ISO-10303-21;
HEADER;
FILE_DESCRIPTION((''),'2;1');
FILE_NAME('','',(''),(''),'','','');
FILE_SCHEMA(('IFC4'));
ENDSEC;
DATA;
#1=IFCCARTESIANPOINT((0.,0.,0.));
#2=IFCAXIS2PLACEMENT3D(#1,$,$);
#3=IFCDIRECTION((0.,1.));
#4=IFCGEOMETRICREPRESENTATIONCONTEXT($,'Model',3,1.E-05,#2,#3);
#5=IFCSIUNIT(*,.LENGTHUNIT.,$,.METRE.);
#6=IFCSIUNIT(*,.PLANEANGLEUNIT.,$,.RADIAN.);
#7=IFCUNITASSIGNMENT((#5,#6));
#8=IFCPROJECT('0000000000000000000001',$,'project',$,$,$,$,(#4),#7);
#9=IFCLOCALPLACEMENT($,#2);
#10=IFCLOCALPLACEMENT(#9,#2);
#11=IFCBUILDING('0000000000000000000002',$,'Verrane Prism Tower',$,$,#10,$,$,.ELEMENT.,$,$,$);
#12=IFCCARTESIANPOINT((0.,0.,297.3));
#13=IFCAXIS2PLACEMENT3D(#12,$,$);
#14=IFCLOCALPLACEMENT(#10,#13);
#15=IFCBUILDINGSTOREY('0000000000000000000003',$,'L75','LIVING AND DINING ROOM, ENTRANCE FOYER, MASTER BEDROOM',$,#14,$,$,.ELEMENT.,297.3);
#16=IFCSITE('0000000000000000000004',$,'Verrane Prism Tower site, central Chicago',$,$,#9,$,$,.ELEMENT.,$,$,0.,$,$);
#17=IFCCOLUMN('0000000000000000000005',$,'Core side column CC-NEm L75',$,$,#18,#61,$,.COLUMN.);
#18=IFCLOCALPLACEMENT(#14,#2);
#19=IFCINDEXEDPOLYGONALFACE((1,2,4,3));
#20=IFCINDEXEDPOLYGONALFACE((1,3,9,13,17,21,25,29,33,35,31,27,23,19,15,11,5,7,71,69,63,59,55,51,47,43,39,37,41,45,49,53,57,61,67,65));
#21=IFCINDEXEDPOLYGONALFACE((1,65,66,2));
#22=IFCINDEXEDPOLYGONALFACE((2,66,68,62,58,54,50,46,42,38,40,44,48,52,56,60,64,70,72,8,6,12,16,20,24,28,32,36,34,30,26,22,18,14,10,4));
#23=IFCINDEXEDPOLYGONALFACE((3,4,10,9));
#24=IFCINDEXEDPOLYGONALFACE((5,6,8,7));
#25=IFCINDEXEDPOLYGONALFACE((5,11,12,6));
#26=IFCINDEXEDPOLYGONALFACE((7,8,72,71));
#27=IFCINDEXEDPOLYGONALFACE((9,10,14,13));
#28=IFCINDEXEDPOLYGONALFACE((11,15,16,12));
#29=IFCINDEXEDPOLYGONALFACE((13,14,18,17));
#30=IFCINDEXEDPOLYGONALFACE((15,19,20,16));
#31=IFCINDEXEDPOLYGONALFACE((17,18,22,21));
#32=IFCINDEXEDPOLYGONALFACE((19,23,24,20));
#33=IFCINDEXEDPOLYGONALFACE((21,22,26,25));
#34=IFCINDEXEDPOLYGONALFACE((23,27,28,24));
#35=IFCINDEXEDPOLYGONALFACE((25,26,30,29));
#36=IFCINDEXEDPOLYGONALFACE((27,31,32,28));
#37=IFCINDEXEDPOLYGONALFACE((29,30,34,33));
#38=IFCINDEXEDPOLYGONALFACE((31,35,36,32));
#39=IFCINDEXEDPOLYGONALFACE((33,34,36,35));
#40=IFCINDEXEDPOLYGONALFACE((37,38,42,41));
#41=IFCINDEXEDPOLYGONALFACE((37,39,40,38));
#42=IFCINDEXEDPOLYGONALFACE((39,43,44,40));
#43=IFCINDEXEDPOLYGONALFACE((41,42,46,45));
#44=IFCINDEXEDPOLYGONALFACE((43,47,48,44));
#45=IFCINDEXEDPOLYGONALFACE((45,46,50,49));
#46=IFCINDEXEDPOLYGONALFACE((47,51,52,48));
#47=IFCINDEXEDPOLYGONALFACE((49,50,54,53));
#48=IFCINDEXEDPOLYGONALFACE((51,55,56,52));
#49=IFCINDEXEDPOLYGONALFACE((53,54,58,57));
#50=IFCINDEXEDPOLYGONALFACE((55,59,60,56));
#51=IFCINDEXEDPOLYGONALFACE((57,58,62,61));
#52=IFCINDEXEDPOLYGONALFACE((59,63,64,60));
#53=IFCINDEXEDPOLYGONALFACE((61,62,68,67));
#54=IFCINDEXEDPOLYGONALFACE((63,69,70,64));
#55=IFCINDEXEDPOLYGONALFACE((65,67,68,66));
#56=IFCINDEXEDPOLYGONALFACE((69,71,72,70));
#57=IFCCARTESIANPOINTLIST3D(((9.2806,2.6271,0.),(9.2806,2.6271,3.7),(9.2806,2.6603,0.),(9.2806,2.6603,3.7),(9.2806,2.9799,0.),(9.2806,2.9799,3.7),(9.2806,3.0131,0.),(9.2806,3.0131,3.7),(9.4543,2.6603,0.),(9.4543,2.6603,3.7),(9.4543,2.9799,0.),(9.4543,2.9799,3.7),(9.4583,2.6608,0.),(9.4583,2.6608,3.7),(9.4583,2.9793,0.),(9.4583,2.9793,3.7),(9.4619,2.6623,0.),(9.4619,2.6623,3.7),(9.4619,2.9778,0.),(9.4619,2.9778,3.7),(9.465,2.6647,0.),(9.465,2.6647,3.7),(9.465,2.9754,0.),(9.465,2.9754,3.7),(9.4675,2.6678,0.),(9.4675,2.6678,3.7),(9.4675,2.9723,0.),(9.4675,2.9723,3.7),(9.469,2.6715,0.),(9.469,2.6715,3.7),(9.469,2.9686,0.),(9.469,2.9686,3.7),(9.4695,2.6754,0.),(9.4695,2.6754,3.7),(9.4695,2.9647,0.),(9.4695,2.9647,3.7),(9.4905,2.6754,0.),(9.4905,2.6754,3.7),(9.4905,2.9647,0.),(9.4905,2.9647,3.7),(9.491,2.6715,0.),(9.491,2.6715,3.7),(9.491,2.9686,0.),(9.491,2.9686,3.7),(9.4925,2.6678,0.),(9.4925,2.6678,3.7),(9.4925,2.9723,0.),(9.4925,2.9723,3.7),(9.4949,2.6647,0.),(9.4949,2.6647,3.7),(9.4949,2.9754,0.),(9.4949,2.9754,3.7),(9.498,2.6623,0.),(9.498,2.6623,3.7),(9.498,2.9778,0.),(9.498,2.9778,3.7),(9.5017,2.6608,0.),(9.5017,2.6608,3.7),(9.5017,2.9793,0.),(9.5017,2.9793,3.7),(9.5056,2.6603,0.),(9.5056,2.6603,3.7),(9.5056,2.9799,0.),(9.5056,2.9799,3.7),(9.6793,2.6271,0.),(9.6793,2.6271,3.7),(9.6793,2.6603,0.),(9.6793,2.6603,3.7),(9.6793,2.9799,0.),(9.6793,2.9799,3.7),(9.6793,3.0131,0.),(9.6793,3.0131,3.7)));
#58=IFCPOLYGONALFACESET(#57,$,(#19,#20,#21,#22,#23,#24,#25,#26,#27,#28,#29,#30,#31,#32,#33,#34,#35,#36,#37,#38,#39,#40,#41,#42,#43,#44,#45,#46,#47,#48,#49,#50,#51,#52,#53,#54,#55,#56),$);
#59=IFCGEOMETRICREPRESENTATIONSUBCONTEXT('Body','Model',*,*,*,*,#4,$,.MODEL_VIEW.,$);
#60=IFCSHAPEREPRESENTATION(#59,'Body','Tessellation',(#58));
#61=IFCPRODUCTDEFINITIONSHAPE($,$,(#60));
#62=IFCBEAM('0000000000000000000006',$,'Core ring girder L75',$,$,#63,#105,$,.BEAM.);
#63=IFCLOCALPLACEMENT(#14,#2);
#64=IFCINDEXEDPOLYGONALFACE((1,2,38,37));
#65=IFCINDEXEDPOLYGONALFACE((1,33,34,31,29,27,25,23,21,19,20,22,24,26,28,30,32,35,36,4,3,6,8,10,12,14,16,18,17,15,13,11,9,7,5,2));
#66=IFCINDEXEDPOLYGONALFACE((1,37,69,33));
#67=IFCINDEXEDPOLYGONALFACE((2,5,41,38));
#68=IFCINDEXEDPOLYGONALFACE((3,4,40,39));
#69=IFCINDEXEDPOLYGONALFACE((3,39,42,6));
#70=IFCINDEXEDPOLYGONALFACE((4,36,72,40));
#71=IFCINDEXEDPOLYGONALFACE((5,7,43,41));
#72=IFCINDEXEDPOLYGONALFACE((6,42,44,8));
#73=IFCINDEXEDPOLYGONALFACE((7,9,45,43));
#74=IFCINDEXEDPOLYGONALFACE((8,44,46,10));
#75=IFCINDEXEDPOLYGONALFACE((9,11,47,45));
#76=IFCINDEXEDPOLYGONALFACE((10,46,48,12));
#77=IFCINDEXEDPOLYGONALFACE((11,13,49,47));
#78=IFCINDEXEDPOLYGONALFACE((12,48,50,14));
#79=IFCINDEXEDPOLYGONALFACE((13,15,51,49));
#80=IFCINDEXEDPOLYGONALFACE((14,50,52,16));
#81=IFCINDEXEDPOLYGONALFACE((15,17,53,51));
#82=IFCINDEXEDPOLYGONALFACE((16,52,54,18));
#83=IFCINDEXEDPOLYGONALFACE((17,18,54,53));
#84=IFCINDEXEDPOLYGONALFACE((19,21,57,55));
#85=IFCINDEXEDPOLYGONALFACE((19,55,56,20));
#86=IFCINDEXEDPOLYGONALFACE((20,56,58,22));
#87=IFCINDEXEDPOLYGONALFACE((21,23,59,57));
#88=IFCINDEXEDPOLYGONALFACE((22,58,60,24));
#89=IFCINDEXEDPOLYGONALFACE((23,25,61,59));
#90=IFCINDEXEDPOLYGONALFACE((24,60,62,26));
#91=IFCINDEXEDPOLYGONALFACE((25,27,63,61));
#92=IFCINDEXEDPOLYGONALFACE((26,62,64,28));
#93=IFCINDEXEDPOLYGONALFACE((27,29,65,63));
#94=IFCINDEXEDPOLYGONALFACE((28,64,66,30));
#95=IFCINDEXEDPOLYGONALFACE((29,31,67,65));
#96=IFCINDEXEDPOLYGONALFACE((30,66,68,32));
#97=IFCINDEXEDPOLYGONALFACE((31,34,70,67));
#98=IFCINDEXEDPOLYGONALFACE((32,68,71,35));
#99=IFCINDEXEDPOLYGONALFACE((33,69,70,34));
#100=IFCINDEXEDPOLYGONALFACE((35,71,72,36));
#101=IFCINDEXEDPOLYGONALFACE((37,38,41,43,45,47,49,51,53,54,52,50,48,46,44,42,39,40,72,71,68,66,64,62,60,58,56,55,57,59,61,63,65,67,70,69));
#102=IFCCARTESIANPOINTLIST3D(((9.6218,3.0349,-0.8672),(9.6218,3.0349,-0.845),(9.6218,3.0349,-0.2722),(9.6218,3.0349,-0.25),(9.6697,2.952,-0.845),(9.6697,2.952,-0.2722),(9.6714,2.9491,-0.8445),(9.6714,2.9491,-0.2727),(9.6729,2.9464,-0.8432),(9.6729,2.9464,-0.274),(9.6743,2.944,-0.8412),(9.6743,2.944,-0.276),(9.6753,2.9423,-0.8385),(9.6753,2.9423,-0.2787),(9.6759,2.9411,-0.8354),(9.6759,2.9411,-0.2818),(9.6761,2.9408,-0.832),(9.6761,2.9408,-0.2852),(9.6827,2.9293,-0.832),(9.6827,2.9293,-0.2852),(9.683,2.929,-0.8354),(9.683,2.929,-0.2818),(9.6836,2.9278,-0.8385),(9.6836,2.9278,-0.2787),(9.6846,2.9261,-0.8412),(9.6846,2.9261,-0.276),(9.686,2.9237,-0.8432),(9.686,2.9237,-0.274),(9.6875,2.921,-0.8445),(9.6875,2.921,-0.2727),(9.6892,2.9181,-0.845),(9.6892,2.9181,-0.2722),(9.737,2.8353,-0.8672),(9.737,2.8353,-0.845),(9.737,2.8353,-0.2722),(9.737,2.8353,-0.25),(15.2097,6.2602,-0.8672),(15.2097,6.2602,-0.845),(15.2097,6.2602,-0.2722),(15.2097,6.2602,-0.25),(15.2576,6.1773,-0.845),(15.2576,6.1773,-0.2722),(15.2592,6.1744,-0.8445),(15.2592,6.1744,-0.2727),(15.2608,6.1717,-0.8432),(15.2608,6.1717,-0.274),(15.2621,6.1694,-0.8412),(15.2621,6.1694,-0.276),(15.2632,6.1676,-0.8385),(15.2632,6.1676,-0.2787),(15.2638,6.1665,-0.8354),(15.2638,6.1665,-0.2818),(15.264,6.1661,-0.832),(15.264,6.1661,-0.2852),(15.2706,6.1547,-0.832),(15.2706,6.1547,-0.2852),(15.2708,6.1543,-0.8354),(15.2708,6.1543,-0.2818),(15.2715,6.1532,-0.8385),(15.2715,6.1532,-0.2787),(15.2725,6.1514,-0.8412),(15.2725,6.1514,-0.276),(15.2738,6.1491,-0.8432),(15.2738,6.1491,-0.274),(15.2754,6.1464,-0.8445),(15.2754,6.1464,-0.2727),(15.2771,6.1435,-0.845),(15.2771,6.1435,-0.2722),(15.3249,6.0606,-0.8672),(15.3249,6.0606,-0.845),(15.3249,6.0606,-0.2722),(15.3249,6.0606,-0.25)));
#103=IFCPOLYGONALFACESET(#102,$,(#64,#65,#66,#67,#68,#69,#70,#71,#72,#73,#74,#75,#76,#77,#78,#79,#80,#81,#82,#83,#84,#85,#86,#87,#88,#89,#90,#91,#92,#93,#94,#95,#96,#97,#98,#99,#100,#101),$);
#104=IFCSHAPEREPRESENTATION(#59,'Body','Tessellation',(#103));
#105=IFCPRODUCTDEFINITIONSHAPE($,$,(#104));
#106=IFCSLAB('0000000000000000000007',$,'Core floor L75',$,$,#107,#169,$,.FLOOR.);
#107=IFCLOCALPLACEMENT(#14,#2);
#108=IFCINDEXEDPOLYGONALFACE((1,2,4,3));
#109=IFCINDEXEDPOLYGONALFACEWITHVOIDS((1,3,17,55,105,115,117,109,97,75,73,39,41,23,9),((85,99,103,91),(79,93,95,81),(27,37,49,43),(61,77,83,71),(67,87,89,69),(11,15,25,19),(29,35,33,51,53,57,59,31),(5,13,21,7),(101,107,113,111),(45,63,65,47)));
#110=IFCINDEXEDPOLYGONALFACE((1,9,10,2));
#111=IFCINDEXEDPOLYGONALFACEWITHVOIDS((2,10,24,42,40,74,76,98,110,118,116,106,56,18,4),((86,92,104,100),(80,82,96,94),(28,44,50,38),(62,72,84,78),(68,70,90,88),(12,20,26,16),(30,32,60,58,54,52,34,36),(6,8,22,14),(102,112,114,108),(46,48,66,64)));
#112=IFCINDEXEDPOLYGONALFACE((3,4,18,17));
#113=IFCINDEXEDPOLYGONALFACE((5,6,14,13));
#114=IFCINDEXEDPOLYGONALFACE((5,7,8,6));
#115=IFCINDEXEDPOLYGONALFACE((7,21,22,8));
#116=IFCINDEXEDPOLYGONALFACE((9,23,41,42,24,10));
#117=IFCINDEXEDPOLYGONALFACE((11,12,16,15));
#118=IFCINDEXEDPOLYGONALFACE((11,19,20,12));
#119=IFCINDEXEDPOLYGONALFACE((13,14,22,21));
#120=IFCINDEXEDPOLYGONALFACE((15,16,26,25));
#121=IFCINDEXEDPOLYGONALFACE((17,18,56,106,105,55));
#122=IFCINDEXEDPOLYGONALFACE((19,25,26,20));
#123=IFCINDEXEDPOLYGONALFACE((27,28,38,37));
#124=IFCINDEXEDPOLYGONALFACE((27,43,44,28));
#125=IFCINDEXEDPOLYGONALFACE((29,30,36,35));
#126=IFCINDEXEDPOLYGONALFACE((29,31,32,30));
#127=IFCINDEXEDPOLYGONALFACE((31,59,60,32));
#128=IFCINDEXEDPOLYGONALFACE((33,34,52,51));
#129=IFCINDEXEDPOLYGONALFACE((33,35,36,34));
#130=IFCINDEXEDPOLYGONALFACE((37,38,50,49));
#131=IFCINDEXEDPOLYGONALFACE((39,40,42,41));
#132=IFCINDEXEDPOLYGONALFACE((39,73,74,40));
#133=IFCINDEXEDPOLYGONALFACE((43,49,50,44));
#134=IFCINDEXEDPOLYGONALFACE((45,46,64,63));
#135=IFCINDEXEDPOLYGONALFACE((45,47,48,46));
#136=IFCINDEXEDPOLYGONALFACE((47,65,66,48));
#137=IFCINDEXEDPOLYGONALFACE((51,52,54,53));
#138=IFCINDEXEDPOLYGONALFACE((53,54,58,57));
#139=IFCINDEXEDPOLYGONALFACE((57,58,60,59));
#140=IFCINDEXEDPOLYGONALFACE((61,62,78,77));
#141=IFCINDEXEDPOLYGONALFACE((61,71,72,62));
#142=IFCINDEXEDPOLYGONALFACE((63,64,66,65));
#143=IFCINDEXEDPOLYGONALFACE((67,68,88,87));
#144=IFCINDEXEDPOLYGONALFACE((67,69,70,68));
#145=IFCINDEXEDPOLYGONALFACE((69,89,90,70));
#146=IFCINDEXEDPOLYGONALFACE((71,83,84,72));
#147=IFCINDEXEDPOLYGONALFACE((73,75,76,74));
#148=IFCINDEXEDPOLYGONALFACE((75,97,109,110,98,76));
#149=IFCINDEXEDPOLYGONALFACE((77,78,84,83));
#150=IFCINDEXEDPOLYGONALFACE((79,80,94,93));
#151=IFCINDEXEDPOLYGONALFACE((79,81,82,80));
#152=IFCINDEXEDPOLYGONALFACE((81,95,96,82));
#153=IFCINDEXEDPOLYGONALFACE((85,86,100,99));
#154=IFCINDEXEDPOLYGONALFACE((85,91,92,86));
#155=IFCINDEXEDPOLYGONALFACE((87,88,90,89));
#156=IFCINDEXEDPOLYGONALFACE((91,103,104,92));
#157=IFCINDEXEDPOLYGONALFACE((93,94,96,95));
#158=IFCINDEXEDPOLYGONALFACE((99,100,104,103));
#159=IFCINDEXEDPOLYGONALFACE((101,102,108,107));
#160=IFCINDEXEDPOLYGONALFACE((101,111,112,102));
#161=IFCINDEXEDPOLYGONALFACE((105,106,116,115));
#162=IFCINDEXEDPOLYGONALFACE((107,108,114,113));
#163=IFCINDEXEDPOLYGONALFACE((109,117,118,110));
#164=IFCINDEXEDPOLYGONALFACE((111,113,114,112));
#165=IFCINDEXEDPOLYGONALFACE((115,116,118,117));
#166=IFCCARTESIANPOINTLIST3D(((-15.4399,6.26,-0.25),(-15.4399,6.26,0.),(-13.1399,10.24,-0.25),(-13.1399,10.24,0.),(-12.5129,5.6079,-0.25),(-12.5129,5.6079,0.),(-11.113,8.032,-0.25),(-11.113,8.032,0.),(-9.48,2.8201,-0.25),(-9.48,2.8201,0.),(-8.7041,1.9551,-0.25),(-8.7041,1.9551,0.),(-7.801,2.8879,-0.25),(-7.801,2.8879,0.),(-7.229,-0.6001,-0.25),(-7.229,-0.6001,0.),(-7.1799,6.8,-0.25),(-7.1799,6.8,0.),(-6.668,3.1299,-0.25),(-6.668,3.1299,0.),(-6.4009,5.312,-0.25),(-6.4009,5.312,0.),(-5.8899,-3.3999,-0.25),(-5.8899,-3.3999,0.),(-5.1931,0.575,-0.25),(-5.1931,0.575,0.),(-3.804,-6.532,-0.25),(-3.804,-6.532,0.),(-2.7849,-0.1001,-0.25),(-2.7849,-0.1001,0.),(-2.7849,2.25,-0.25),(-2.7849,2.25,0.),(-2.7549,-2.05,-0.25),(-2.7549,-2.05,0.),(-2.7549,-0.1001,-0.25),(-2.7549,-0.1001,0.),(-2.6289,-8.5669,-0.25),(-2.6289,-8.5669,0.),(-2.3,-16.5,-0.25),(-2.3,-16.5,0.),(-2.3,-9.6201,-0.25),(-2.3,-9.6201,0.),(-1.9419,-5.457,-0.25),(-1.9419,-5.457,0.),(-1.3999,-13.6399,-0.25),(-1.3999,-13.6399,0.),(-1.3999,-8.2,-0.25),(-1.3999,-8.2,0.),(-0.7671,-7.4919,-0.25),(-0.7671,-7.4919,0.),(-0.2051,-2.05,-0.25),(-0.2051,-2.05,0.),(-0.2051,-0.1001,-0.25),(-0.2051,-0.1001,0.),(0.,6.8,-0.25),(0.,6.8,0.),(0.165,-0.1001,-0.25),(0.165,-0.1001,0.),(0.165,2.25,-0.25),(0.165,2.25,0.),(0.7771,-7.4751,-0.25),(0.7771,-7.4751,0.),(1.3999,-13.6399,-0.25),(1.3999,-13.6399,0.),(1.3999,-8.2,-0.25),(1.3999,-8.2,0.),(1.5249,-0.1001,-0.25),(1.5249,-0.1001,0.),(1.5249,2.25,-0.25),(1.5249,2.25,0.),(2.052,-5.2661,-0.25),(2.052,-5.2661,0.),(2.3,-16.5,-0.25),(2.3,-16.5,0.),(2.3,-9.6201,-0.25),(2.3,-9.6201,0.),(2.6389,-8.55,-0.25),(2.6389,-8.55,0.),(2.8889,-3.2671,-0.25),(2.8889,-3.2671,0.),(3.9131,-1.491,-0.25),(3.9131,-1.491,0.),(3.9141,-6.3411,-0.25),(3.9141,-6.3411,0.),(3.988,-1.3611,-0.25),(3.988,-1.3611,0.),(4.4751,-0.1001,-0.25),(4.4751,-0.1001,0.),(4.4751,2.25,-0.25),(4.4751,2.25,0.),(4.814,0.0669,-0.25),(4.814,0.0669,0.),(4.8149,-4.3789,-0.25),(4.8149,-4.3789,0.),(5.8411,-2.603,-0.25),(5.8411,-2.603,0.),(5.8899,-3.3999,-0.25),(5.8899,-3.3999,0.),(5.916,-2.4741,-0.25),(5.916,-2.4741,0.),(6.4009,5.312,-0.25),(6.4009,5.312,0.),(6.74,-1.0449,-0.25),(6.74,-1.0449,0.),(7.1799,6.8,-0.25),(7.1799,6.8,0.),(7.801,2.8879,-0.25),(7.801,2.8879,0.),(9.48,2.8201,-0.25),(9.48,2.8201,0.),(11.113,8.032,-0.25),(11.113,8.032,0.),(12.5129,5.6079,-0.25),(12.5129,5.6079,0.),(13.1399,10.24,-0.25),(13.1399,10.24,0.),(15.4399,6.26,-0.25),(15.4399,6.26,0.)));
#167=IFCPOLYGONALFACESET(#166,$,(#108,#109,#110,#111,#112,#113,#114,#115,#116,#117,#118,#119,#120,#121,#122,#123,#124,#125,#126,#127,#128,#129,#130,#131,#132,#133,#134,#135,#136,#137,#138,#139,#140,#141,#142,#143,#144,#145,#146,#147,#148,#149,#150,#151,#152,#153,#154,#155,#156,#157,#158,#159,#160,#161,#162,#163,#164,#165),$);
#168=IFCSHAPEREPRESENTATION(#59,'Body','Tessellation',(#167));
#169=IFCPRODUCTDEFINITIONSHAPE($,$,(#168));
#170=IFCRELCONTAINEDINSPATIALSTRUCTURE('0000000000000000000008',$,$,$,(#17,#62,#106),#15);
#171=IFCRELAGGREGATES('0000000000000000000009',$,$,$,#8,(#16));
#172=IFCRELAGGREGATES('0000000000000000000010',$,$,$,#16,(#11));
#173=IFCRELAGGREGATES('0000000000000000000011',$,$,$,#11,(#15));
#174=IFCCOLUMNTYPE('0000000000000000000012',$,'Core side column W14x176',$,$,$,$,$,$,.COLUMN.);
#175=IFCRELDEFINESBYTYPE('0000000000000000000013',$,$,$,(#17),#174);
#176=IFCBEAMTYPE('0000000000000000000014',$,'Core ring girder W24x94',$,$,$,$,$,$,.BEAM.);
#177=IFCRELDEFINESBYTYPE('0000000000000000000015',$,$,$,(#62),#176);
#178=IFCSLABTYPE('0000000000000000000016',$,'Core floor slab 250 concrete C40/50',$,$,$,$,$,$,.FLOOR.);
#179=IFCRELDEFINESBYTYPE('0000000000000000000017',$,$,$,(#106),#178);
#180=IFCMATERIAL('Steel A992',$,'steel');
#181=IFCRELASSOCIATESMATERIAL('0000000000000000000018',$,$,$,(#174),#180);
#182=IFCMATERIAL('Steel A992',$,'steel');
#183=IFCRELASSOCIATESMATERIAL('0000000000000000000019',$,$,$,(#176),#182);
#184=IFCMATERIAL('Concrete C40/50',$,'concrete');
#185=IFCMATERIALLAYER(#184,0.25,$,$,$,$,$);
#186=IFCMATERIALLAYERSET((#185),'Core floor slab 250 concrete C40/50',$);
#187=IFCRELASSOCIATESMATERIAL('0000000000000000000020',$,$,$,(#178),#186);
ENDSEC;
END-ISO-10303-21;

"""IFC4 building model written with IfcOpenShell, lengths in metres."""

from ifc_helpers import new_model, si_unit, direction, frame, origin, origin_2d, place, context, subcontext, project, spatial, polyline, i_section, outline, extrude, material, layer, layer_set, material_profile, profile_set, type_object, element, save


model = new_model("IFC4")

# Units and contexts
model_context = context("Model", 3, precision=1e-05, world=origin(), true_north=direction((0.0, 1.0)))
body_context = subcontext(model_context, "Body", "Model", "MODEL_VIEW")
ifc_project = project(units=[si_unit("LENGTHUNIT", "METRE"), si_unit("PLANEANGLEUNIT", "RADIAN")], contexts=[model_context])

# Site, building, storey
site_placement = place(None, origin())
site = spatial("IfcSite", under=ifc_project, at=site_placement, Name="Verrane Prism Tower site, central Chicago", CompositionType="ELEMENT", RefElevation=0.0)
building_placement = place(site_placement, origin())
building = spatial("IfcBuilding", under=site, at=building_placement, Name="Verrane Prism Tower", CompositionType="ELEMENT")
storey_placement = place(building_placement, frame((0.0, 0.0, 297.3)))
storey = spatial("IfcBuildingStorey", under=building, at=storey_placement, Name="L75", Description="LIVING AND DINING ROOM, ENTRANCE FOYER, MASTER BEDROOM", CompositionType="ELEMENT", Elevation=297.3)

# Column
ifc_material_1 = material(Name="Steel A992", Category="steel")
ifc_material_profile_1 = material_profile(ifc_material_1, i_section(OverallWidth=0.3987, OverallDepth=0.386, WebThickness=0.021, FlangeThickness=0.0332, FilletRadius=0.0151, at=origin_2d()), Name="W14x176")
ifc_profile_set_1 = profile_set([ifc_material_profile_1], Name="Steel A992")
column_type = type_object("IfcColumnType", Name="Core side column W14x176", PredefinedType="COLUMN", material=ifc_profile_set_1)
column_placement = place(storey_placement, frame((9.48, 2.8201, 0.0), z_axis=(0.0, 0.0, 1.0), x_axis=(1.0, 0.0, 0.0)))
element("IfcColumn", 1, at=column_placement, inside=storey, type_object=column_type, Name="Core side column CC-NEm L75", PredefinedType="COLUMN", context=body_context, shape_type="SweptSolid", body=[
    extrude(i_section(OverallWidth=0.3987, OverallDepth=0.386, WebThickness=0.021, FlangeThickness=0.0332, FilletRadius=0.0151, at=origin_2d()), origin(), (0.0, 0.0, 1.0), 3.7),
])

# Beam
ifc_material_2 = material(Name="Steel A992", Category="steel")
ifc_material_profile_2 = material_profile(ifc_material_2, i_section(OverallWidth=0.2305, OverallDepth=0.6172, WebThickness=0.0132, FlangeThickness=0.0222, FilletRadius=0.0129, at=origin_2d()), Name="W24x94")
ifc_profile_set_2 = profile_set([ifc_material_profile_2], Name="Steel A992")
beam_type = type_object("IfcBeamType", Name="Core ring girder W24x94", PredefinedType="BEAM", material=ifc_profile_set_2)
beam_placement = place(storey_placement, frame((9.6794, 2.9351, -0.5586), z_axis=(0.866081, 0.499904, 0.0), x_axis=(-0.499904, 0.866081, 0.0)))
element("IfcBeam", 2, at=beam_placement, inside=storey, type_object=beam_type, Name="Core ring girder L75", PredefinedType="BEAM", context=body_context, shape_type="SweptSolid", body=[
    extrude(i_section(OverallWidth=0.2305, OverallDepth=0.6172, WebThickness=0.0132, FlangeThickness=0.0222, FilletRadius=0.0129, at=origin_2d()), origin(), (0.0, 0.0, 1.0), 6.4519),
])

# Slab
ifc_material_3 = material(Name="Concrete C40/50", Category="concrete")
ifc_layer_1 = layer(ifc_material_3, 0.25)
ifc_layer_set_1 = layer_set([ifc_layer_1], Name="Core floor slab 250 concrete C40/50")
slab_type_1 = type_object("IfcSlabType", Name="Core floor slab 250 concrete C40/50", PredefinedType="FLOOR", material=ifc_layer_set_1)
slab_1_placement = place(storey_placement, frame((0.0, 0.0, -0.25)))
element("IfcSlab", 3, at=slab_1_placement, inside=storey, type_object=slab_type_1, Name="Core floor L75", PredefinedType="FLOOR", context=body_context, shape_type="SweptSolid", body=[
    extrude(outline(polyline([(9.48, 2.8201), (15.4399, 6.26), (13.1399, 10.24), (7.1799, 6.8), (0.0, 6.8), (-7.1799, 6.8), (-13.1399, 10.24), (-15.4399, 6.26), (-9.48, 2.8201), (-5.8899, -3.3999), (-2.3, -9.6201), (-2.3, -16.5), (2.3, -16.5), (2.3, -9.6201), (5.8899, -3.3999), (9.48, 2.8201)]), holes=[polyline([(-1.3999, -8.2), (1.3999, -8.2), (1.3999, -13.6399), (-1.3999, -13.6399), (-1.3999, -8.2)]), polyline([(-0.7671, -7.4919), (-2.6289, -8.5669), (-3.804, -6.532), (-1.9419, -5.457), (-0.7671, -7.4919)]), polyline([(3.9141, -6.3411), (2.6389, -8.55), (0.7771, -7.4751), (2.052, -5.2661), (3.9141, -6.3411)]), polyline([(4.8149, -4.3789), (2.8889, -3.2671), (3.9131, -1.491), (5.8411, -2.603), (4.8149, -4.3789)]), polyline([(6.74, -1.0449), (5.916, -2.4741), (3.988, -1.3611), (4.814, 0.0669), (6.74, -1.0449)]), polyline([(-2.7849, -0.1001), (-2.7849, 2.25), (0.165, 2.25), (0.165, -0.1001), (-0.2051, -0.1001), (-0.2051, -2.05), (-2.7549, -2.05), (-2.7549, -0.1001), (-2.7849, -0.1001)]), polyline([(4.4751, 2.25), (4.4751, -0.1001), (1.5249, -0.1001), (1.5249, 2.25), (4.4751, 2.25)]), polyline([(-8.7041, 1.9551), (-6.668, 3.1299), (-5.1931, 0.575), (-7.229, -0.6001), (-8.7041, 1.9551)]), polyline([(-7.801, 2.8879), (-12.5129, 5.6079), (-11.113, 8.032), (-6.4009, 5.312), (-7.801, 2.8879)]), polyline([(6.4009, 5.312), (11.113, 8.032), (12.5129, 5.6079), (7.801, 2.8879), (6.4009, 5.312)])]), origin(), (0.0, 0.0, 1.0), 0.25),
])

save(model, "model.ifc")
